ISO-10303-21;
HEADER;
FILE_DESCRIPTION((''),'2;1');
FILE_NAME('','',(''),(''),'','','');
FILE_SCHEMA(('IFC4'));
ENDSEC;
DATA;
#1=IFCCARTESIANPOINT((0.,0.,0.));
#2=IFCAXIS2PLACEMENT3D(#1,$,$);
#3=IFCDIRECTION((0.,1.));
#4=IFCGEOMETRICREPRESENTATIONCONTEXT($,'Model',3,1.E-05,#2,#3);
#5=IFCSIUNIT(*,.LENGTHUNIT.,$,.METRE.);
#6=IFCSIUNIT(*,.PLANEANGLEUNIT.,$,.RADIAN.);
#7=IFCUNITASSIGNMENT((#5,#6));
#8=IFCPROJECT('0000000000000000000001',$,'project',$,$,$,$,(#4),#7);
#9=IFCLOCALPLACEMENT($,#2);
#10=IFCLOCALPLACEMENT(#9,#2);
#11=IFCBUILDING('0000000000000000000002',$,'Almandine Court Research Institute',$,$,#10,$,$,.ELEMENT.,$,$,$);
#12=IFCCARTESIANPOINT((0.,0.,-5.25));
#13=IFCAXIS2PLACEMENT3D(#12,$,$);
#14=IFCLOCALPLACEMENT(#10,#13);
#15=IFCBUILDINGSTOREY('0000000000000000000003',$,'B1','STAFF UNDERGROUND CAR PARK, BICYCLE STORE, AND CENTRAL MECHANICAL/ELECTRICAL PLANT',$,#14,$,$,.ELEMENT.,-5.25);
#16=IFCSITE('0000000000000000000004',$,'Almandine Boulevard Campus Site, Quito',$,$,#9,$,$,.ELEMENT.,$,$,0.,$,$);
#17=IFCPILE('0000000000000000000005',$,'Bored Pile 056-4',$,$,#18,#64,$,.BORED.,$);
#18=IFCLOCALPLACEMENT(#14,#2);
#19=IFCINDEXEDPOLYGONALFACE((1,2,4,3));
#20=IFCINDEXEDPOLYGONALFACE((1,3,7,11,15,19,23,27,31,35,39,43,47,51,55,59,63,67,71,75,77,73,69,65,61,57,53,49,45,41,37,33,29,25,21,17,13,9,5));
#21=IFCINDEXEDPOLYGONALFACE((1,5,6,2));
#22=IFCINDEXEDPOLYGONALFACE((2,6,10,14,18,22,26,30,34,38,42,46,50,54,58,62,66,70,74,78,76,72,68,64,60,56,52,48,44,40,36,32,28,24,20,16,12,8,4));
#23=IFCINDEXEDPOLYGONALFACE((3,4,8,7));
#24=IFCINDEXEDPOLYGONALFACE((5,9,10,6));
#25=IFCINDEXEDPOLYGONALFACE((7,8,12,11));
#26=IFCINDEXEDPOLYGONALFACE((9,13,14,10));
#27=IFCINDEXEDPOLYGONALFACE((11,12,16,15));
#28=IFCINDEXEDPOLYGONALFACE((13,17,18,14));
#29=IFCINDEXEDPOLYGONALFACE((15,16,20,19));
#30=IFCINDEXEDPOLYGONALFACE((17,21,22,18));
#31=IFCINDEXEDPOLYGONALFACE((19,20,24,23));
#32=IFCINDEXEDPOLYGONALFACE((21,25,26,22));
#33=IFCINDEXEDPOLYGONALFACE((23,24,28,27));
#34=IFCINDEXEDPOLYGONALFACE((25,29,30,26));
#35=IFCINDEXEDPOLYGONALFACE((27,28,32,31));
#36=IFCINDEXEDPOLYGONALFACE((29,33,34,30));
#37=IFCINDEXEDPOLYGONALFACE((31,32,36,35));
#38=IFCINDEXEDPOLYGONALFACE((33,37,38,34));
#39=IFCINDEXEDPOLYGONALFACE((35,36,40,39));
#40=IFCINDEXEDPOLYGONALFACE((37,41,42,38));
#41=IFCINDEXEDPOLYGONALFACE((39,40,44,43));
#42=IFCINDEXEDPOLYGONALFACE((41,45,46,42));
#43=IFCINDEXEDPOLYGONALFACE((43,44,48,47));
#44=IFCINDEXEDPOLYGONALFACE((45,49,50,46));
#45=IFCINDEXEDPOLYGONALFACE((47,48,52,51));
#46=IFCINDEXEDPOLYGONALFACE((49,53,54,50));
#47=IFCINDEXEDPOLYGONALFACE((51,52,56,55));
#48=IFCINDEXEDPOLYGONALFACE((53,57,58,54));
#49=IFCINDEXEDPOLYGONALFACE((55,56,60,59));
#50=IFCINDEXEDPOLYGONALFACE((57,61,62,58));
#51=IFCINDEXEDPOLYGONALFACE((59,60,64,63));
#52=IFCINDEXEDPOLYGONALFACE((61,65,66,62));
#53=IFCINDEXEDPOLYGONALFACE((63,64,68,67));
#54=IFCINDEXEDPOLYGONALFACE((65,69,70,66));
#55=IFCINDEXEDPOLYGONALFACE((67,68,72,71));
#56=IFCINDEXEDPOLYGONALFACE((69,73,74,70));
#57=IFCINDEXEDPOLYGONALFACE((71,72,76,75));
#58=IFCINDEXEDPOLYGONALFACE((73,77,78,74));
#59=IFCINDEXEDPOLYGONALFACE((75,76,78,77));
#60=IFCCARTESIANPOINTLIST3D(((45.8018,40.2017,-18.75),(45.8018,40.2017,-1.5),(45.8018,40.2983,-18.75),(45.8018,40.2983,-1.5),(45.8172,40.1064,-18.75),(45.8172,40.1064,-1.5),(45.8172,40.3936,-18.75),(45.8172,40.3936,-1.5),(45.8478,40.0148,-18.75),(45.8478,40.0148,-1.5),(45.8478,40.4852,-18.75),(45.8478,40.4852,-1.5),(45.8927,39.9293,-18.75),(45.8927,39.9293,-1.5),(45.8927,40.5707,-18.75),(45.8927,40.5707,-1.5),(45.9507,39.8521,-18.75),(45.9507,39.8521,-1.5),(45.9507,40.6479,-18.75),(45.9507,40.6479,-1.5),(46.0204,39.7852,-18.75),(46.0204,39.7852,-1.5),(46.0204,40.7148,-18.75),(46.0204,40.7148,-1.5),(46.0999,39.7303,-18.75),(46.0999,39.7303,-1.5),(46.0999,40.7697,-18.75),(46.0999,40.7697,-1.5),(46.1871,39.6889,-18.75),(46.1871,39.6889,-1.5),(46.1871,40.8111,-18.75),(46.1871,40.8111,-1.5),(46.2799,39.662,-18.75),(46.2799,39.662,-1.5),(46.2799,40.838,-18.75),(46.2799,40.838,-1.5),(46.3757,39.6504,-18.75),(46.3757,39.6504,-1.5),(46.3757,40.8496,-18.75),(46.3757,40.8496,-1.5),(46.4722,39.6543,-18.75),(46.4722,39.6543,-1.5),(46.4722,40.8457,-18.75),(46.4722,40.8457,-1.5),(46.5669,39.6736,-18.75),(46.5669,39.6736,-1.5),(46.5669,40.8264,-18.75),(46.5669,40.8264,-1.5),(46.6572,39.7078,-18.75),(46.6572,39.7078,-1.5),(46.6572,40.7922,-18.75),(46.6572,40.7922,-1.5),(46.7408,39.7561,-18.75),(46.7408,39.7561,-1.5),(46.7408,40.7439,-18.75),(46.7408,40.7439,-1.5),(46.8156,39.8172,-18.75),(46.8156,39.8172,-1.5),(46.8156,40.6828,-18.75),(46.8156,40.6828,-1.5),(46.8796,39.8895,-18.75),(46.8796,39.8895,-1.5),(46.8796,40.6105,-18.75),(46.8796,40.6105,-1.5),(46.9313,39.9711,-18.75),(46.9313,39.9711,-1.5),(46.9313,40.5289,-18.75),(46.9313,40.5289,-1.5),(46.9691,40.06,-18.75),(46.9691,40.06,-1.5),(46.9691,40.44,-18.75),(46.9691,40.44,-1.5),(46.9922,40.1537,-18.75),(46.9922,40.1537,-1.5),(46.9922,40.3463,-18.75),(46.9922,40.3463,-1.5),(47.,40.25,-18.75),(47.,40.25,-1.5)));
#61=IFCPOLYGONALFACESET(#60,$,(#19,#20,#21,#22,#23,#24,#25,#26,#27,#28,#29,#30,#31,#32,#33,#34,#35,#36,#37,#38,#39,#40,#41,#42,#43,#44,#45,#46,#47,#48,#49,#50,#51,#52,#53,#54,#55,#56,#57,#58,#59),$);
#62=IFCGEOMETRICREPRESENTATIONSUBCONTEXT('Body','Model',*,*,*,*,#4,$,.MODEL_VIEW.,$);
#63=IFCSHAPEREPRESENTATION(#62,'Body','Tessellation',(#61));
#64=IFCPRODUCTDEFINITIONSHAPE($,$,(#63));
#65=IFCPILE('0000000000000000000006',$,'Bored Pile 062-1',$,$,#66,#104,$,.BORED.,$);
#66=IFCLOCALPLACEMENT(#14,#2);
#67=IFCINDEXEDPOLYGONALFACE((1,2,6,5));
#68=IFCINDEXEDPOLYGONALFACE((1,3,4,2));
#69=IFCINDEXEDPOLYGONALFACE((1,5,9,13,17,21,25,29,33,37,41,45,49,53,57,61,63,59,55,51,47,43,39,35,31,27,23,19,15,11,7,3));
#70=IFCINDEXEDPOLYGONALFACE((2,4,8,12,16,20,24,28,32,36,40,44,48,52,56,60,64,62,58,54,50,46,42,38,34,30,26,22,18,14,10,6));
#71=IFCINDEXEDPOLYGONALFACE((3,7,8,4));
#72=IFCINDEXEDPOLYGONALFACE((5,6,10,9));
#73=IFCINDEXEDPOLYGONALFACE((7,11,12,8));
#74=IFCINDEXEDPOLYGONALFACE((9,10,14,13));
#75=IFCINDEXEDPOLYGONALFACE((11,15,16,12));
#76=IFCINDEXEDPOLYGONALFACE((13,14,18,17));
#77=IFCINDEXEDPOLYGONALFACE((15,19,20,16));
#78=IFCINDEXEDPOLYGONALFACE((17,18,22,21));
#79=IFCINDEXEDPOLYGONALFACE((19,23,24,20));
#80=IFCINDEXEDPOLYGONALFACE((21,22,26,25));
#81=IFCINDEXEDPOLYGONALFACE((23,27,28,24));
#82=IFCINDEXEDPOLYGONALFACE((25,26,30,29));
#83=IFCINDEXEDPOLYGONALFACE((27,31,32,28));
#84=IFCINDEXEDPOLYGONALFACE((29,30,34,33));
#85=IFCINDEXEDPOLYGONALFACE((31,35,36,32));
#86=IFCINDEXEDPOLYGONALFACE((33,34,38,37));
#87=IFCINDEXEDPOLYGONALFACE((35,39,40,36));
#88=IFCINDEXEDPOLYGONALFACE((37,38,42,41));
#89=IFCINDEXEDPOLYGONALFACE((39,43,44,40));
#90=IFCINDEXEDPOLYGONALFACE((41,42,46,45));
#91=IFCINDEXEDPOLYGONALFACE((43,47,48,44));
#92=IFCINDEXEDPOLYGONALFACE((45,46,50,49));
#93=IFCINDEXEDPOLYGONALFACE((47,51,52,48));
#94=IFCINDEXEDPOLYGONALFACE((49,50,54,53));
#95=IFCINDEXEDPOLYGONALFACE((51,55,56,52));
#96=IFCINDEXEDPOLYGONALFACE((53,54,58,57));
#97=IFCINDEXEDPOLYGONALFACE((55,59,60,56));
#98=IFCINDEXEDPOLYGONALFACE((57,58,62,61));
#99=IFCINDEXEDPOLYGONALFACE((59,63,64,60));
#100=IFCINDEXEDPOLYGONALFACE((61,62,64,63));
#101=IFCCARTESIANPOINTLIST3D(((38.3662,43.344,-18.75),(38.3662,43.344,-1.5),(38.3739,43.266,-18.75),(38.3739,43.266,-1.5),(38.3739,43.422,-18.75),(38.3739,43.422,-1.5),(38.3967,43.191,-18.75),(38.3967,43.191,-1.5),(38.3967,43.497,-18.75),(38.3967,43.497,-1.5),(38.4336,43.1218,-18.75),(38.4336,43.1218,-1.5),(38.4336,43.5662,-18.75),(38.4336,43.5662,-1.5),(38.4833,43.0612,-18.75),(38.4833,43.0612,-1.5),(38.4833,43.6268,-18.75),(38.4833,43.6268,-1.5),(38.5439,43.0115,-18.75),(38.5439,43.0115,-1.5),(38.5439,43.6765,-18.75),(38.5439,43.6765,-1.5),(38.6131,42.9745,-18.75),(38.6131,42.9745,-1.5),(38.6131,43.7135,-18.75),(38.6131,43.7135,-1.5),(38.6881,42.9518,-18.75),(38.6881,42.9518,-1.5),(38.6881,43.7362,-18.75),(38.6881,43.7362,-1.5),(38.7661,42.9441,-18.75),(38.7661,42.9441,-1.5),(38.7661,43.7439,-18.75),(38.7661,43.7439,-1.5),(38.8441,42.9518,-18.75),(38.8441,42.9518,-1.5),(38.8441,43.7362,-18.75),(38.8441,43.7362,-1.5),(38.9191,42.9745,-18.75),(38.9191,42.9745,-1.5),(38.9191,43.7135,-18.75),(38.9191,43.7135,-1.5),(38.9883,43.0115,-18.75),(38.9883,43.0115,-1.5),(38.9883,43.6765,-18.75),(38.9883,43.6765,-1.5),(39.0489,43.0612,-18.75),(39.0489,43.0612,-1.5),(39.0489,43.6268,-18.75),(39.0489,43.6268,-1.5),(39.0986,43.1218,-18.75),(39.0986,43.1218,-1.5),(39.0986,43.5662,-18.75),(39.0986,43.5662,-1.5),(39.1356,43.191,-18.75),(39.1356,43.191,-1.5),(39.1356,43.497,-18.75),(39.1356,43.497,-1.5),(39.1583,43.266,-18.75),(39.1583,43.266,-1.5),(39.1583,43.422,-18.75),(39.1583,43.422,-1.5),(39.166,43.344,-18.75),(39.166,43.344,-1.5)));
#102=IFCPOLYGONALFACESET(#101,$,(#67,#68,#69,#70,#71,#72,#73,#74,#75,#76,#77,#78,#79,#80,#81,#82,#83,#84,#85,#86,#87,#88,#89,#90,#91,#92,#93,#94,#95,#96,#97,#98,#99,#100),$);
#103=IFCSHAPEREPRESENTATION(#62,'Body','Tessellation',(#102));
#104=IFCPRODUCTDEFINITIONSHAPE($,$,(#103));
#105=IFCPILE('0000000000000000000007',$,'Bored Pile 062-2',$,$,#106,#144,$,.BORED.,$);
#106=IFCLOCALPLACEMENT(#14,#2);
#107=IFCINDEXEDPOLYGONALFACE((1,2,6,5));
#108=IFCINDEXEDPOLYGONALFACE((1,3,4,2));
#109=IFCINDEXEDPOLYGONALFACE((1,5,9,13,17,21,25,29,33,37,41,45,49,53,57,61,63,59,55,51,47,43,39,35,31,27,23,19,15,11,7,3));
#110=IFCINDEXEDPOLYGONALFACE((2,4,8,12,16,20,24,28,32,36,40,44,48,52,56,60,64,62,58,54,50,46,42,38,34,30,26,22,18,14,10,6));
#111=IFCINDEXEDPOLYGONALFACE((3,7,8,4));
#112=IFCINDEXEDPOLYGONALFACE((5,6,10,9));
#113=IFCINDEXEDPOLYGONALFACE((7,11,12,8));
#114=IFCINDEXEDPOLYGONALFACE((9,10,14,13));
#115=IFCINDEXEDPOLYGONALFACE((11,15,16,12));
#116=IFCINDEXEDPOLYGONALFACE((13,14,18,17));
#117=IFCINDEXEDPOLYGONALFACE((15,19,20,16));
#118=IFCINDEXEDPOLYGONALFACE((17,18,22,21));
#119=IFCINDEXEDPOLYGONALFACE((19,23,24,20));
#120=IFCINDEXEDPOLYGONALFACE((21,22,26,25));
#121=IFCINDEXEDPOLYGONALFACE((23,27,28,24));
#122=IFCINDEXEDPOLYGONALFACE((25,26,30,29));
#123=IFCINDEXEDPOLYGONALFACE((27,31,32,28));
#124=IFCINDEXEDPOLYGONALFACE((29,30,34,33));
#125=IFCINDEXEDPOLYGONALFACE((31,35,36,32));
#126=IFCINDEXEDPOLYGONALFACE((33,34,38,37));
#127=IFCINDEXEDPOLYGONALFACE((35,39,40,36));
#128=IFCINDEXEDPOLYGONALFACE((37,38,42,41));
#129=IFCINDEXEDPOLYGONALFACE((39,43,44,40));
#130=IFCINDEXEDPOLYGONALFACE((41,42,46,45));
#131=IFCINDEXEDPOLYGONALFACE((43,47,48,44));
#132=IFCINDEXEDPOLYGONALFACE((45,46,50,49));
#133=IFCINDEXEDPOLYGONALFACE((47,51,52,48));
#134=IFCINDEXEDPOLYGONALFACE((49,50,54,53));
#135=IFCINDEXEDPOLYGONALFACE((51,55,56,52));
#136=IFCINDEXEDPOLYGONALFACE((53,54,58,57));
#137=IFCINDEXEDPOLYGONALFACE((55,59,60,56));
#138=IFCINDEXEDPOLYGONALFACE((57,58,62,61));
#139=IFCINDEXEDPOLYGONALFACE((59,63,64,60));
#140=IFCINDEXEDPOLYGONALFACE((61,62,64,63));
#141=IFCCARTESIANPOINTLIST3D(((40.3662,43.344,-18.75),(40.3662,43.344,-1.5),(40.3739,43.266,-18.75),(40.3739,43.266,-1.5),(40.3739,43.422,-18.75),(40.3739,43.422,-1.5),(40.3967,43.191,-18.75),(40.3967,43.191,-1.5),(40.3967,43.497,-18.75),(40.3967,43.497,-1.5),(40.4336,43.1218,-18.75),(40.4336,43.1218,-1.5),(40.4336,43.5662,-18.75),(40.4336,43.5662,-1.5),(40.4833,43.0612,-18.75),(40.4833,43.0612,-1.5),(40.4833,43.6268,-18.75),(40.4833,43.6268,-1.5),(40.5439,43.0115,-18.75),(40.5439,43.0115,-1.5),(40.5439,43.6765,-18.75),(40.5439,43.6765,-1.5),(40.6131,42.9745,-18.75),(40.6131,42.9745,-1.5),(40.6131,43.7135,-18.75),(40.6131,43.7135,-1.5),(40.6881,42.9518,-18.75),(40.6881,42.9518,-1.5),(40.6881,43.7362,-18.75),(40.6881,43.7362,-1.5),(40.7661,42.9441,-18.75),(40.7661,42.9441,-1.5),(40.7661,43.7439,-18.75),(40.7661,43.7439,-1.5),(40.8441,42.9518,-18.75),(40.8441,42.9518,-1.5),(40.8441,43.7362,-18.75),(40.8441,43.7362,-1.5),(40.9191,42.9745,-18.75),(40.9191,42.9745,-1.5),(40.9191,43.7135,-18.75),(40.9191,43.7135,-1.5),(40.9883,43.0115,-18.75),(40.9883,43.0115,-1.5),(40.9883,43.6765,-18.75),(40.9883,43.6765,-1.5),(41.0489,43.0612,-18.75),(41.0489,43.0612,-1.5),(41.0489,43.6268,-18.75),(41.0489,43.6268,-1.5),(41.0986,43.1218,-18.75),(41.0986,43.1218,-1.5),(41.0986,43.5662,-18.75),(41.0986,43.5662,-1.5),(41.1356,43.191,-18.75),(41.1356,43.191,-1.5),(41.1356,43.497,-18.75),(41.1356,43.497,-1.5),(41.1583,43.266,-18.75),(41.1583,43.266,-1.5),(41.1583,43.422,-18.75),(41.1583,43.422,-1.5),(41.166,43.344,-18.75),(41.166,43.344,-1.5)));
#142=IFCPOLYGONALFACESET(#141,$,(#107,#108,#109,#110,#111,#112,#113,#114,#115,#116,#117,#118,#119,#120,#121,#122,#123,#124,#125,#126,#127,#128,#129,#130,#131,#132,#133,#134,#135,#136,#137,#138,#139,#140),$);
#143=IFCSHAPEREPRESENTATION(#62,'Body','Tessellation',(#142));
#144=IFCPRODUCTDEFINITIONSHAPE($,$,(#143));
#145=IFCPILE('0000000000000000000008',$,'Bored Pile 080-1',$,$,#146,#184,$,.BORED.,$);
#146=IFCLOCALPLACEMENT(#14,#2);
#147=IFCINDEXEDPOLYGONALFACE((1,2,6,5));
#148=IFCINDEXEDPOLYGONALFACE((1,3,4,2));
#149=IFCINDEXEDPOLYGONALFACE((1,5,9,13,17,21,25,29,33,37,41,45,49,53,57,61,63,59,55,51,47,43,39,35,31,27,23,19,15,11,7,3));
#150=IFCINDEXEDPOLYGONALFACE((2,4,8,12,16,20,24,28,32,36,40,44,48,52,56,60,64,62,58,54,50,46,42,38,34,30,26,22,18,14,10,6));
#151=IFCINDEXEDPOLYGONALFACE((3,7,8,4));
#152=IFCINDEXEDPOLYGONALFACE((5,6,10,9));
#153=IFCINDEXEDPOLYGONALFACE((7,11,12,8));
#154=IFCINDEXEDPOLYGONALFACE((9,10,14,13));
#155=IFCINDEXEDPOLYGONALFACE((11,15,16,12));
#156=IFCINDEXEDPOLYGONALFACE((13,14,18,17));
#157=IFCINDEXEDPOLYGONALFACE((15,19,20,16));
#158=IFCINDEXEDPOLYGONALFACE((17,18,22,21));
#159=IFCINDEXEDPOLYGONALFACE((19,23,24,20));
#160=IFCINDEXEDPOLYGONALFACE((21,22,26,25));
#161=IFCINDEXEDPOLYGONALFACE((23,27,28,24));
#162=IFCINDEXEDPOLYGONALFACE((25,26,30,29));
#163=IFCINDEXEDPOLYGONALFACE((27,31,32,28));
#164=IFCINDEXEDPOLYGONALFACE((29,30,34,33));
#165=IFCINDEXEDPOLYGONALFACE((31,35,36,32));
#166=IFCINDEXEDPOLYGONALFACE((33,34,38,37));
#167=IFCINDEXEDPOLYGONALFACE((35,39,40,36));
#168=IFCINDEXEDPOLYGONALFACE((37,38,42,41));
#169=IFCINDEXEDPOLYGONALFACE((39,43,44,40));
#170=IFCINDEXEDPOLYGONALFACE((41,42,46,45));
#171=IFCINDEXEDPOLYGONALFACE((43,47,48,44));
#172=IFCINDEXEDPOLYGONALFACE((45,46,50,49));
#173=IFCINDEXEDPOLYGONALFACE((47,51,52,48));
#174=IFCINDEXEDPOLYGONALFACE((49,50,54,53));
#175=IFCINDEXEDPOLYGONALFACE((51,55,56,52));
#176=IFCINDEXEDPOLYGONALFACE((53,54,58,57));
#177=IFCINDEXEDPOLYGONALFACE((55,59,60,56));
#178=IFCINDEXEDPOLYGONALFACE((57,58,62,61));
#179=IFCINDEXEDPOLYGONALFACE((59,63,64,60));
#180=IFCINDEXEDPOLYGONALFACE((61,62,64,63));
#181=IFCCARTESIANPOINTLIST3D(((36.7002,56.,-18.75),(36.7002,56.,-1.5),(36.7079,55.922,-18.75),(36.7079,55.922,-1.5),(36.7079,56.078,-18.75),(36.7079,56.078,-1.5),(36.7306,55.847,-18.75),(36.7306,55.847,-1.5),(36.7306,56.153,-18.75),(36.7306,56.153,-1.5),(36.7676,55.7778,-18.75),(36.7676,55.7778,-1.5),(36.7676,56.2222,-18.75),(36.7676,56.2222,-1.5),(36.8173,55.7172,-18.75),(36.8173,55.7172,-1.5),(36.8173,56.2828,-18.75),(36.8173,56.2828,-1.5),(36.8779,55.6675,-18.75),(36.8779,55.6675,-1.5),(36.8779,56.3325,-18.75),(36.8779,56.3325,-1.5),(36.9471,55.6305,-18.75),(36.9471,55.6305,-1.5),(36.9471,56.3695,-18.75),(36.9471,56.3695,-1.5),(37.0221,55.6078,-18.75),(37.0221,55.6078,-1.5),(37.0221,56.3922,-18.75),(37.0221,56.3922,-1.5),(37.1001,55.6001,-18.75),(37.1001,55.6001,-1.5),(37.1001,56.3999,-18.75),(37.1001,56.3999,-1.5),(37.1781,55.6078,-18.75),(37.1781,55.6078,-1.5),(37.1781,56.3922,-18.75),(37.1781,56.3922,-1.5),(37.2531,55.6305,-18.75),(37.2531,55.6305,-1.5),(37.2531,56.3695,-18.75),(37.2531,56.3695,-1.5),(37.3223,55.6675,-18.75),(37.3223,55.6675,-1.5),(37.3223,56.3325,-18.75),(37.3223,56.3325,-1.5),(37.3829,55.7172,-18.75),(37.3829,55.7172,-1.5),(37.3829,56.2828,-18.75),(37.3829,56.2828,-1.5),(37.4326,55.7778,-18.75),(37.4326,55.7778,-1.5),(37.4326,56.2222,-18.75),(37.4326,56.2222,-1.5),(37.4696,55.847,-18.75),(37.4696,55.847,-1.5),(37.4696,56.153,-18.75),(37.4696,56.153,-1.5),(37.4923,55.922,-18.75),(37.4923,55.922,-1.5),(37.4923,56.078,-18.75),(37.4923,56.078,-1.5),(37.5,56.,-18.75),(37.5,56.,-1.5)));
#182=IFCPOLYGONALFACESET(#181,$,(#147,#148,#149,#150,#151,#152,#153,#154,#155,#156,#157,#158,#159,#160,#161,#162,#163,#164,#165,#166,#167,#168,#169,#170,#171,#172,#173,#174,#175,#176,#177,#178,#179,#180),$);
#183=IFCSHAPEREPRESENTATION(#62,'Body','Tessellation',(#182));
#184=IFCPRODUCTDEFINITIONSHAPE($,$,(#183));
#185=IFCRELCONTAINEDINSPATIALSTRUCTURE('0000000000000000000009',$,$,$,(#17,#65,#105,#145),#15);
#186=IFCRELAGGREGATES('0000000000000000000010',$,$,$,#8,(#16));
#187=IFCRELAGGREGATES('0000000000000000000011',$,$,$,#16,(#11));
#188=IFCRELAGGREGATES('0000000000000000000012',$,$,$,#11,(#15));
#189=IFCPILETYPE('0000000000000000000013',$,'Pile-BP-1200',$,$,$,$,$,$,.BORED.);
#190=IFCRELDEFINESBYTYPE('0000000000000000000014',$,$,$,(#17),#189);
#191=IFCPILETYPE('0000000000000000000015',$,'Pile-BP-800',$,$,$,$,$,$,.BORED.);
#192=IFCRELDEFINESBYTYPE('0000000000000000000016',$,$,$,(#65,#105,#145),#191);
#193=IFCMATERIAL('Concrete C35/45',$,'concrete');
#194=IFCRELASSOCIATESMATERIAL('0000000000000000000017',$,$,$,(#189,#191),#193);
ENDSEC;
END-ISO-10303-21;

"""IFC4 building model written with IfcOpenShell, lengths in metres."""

from ifc_helpers import new_model, si_unit, direction, frame, origin, origin_2d, place, context, subcontext, project, spatial, circle, extrude, material, material_profile, profile_set, type_object, element, save


model = new_model("IFC4")

# Units and contexts
model_context = context("Model", 3, precision=1e-05, world=origin(), true_north=direction((0.0, 1.0)))
body_context = subcontext(model_context, "Body", "Model", "MODEL_VIEW")
ifc_project = project(units=[si_unit("LENGTHUNIT", "METRE"), si_unit("PLANEANGLEUNIT", "RADIAN")], contexts=[model_context])

# Site, building, storey
site_placement = place(None, origin())
site = spatial("IfcSite", under=ifc_project, at=site_placement, Name="Almandine Boulevard Campus Site, Quito", CompositionType="ELEMENT", RefElevation=0.0)
building_placement = place(site_placement, origin())
building = spatial("IfcBuilding", under=site, at=building_placement, Name="Almandine Court Research Institute", CompositionType="ELEMENT")
storey_placement = place(building_placement, frame((0.0, 0.0, -5.25)))
storey = spatial("IfcBuildingStorey", under=building, at=storey_placement, Name="B1", Description="STAFF UNDERGROUND CAR PARK, BICYCLE STORE, AND CENTRAL MECHANICAL/ELECTRICAL PLANT", CompositionType="ELEMENT", Elevation=-5.25)

# Shared definitions
ifc_material_1 = material(Name="Concrete C35/45", Category="concrete")

# Piles
ifc_material_profile_1 = material_profile(ifc_material_1, circle(Radius=0.6001, at=origin_2d()), Name="BORED PILE D1200")
ifc_profile_set_1 = profile_set([ifc_material_profile_1], Name="Concrete C35/45")
pile_type_1 = type_object("IfcPileType", Name="Pile-BP-1200", PredefinedType="BORED", material=ifc_profile_set_1)
for number, where, z_axis, x_axis, name in (
    (1, (46.3999, 40.25, -1.5), (0.0, 0.0, -1.0), (1.0, 0.0, 0.0), "Bored Pile 056-4"),
):
    element("IfcPile", number, at=place(storey_placement, frame(where, z_axis=z_axis, x_axis=x_axis)), inside=storey, type_object=pile_type_1, Name=name, PredefinedType="BORED", context=body_context, shape_type="SweptSolid", body=[
        extrude(circle(Radius=0.6001, at=origin_2d()), origin(), (0.0, 0.0, 1.0), 17.25),
    ])
ifc_material_profile_2 = material_profile(ifc_material_1, circle(Radius=0.3999, at=origin_2d()), Name="BORED PILE D800")
ifc_profile_set_2 = profile_set([ifc_material_profile_2], Name="Concrete C35/45")
pile_type_2 = type_object("IfcPileType", Name="Pile-BP-800", PredefinedType="BORED", material=ifc_profile_set_2)
for number, where, z_axis, x_axis, name in (
    (2, (38.7661, 43.344, -1.5), (0.0, 0.0, -1.0), (1.0, 0.0, 0.0), "Bored Pile 062-1"),
    (3, (40.7661, 43.344, -1.5), (0.0, 0.0, -1.0), (1.0, 0.0, 0.0), "Bored Pile 062-2"),
    (4, (37.1001, 56.0, -1.5), (0.0, 0.0, -1.0), (1.0, 0.0, 0.0), "Bored Pile 080-1"),
):
    element("IfcPile", number, at=place(storey_placement, frame(where, z_axis=z_axis, x_axis=x_axis)), inside=storey, type_object=pile_type_2, Name=name, PredefinedType="BORED", context=body_context, shape_type="SweptSolid", body=[
        extrude(circle(Radius=0.3999, at=origin_2d()), origin(), (0.0, 0.0, 1.0), 17.25),
    ])

save(model, "model.ifc")
